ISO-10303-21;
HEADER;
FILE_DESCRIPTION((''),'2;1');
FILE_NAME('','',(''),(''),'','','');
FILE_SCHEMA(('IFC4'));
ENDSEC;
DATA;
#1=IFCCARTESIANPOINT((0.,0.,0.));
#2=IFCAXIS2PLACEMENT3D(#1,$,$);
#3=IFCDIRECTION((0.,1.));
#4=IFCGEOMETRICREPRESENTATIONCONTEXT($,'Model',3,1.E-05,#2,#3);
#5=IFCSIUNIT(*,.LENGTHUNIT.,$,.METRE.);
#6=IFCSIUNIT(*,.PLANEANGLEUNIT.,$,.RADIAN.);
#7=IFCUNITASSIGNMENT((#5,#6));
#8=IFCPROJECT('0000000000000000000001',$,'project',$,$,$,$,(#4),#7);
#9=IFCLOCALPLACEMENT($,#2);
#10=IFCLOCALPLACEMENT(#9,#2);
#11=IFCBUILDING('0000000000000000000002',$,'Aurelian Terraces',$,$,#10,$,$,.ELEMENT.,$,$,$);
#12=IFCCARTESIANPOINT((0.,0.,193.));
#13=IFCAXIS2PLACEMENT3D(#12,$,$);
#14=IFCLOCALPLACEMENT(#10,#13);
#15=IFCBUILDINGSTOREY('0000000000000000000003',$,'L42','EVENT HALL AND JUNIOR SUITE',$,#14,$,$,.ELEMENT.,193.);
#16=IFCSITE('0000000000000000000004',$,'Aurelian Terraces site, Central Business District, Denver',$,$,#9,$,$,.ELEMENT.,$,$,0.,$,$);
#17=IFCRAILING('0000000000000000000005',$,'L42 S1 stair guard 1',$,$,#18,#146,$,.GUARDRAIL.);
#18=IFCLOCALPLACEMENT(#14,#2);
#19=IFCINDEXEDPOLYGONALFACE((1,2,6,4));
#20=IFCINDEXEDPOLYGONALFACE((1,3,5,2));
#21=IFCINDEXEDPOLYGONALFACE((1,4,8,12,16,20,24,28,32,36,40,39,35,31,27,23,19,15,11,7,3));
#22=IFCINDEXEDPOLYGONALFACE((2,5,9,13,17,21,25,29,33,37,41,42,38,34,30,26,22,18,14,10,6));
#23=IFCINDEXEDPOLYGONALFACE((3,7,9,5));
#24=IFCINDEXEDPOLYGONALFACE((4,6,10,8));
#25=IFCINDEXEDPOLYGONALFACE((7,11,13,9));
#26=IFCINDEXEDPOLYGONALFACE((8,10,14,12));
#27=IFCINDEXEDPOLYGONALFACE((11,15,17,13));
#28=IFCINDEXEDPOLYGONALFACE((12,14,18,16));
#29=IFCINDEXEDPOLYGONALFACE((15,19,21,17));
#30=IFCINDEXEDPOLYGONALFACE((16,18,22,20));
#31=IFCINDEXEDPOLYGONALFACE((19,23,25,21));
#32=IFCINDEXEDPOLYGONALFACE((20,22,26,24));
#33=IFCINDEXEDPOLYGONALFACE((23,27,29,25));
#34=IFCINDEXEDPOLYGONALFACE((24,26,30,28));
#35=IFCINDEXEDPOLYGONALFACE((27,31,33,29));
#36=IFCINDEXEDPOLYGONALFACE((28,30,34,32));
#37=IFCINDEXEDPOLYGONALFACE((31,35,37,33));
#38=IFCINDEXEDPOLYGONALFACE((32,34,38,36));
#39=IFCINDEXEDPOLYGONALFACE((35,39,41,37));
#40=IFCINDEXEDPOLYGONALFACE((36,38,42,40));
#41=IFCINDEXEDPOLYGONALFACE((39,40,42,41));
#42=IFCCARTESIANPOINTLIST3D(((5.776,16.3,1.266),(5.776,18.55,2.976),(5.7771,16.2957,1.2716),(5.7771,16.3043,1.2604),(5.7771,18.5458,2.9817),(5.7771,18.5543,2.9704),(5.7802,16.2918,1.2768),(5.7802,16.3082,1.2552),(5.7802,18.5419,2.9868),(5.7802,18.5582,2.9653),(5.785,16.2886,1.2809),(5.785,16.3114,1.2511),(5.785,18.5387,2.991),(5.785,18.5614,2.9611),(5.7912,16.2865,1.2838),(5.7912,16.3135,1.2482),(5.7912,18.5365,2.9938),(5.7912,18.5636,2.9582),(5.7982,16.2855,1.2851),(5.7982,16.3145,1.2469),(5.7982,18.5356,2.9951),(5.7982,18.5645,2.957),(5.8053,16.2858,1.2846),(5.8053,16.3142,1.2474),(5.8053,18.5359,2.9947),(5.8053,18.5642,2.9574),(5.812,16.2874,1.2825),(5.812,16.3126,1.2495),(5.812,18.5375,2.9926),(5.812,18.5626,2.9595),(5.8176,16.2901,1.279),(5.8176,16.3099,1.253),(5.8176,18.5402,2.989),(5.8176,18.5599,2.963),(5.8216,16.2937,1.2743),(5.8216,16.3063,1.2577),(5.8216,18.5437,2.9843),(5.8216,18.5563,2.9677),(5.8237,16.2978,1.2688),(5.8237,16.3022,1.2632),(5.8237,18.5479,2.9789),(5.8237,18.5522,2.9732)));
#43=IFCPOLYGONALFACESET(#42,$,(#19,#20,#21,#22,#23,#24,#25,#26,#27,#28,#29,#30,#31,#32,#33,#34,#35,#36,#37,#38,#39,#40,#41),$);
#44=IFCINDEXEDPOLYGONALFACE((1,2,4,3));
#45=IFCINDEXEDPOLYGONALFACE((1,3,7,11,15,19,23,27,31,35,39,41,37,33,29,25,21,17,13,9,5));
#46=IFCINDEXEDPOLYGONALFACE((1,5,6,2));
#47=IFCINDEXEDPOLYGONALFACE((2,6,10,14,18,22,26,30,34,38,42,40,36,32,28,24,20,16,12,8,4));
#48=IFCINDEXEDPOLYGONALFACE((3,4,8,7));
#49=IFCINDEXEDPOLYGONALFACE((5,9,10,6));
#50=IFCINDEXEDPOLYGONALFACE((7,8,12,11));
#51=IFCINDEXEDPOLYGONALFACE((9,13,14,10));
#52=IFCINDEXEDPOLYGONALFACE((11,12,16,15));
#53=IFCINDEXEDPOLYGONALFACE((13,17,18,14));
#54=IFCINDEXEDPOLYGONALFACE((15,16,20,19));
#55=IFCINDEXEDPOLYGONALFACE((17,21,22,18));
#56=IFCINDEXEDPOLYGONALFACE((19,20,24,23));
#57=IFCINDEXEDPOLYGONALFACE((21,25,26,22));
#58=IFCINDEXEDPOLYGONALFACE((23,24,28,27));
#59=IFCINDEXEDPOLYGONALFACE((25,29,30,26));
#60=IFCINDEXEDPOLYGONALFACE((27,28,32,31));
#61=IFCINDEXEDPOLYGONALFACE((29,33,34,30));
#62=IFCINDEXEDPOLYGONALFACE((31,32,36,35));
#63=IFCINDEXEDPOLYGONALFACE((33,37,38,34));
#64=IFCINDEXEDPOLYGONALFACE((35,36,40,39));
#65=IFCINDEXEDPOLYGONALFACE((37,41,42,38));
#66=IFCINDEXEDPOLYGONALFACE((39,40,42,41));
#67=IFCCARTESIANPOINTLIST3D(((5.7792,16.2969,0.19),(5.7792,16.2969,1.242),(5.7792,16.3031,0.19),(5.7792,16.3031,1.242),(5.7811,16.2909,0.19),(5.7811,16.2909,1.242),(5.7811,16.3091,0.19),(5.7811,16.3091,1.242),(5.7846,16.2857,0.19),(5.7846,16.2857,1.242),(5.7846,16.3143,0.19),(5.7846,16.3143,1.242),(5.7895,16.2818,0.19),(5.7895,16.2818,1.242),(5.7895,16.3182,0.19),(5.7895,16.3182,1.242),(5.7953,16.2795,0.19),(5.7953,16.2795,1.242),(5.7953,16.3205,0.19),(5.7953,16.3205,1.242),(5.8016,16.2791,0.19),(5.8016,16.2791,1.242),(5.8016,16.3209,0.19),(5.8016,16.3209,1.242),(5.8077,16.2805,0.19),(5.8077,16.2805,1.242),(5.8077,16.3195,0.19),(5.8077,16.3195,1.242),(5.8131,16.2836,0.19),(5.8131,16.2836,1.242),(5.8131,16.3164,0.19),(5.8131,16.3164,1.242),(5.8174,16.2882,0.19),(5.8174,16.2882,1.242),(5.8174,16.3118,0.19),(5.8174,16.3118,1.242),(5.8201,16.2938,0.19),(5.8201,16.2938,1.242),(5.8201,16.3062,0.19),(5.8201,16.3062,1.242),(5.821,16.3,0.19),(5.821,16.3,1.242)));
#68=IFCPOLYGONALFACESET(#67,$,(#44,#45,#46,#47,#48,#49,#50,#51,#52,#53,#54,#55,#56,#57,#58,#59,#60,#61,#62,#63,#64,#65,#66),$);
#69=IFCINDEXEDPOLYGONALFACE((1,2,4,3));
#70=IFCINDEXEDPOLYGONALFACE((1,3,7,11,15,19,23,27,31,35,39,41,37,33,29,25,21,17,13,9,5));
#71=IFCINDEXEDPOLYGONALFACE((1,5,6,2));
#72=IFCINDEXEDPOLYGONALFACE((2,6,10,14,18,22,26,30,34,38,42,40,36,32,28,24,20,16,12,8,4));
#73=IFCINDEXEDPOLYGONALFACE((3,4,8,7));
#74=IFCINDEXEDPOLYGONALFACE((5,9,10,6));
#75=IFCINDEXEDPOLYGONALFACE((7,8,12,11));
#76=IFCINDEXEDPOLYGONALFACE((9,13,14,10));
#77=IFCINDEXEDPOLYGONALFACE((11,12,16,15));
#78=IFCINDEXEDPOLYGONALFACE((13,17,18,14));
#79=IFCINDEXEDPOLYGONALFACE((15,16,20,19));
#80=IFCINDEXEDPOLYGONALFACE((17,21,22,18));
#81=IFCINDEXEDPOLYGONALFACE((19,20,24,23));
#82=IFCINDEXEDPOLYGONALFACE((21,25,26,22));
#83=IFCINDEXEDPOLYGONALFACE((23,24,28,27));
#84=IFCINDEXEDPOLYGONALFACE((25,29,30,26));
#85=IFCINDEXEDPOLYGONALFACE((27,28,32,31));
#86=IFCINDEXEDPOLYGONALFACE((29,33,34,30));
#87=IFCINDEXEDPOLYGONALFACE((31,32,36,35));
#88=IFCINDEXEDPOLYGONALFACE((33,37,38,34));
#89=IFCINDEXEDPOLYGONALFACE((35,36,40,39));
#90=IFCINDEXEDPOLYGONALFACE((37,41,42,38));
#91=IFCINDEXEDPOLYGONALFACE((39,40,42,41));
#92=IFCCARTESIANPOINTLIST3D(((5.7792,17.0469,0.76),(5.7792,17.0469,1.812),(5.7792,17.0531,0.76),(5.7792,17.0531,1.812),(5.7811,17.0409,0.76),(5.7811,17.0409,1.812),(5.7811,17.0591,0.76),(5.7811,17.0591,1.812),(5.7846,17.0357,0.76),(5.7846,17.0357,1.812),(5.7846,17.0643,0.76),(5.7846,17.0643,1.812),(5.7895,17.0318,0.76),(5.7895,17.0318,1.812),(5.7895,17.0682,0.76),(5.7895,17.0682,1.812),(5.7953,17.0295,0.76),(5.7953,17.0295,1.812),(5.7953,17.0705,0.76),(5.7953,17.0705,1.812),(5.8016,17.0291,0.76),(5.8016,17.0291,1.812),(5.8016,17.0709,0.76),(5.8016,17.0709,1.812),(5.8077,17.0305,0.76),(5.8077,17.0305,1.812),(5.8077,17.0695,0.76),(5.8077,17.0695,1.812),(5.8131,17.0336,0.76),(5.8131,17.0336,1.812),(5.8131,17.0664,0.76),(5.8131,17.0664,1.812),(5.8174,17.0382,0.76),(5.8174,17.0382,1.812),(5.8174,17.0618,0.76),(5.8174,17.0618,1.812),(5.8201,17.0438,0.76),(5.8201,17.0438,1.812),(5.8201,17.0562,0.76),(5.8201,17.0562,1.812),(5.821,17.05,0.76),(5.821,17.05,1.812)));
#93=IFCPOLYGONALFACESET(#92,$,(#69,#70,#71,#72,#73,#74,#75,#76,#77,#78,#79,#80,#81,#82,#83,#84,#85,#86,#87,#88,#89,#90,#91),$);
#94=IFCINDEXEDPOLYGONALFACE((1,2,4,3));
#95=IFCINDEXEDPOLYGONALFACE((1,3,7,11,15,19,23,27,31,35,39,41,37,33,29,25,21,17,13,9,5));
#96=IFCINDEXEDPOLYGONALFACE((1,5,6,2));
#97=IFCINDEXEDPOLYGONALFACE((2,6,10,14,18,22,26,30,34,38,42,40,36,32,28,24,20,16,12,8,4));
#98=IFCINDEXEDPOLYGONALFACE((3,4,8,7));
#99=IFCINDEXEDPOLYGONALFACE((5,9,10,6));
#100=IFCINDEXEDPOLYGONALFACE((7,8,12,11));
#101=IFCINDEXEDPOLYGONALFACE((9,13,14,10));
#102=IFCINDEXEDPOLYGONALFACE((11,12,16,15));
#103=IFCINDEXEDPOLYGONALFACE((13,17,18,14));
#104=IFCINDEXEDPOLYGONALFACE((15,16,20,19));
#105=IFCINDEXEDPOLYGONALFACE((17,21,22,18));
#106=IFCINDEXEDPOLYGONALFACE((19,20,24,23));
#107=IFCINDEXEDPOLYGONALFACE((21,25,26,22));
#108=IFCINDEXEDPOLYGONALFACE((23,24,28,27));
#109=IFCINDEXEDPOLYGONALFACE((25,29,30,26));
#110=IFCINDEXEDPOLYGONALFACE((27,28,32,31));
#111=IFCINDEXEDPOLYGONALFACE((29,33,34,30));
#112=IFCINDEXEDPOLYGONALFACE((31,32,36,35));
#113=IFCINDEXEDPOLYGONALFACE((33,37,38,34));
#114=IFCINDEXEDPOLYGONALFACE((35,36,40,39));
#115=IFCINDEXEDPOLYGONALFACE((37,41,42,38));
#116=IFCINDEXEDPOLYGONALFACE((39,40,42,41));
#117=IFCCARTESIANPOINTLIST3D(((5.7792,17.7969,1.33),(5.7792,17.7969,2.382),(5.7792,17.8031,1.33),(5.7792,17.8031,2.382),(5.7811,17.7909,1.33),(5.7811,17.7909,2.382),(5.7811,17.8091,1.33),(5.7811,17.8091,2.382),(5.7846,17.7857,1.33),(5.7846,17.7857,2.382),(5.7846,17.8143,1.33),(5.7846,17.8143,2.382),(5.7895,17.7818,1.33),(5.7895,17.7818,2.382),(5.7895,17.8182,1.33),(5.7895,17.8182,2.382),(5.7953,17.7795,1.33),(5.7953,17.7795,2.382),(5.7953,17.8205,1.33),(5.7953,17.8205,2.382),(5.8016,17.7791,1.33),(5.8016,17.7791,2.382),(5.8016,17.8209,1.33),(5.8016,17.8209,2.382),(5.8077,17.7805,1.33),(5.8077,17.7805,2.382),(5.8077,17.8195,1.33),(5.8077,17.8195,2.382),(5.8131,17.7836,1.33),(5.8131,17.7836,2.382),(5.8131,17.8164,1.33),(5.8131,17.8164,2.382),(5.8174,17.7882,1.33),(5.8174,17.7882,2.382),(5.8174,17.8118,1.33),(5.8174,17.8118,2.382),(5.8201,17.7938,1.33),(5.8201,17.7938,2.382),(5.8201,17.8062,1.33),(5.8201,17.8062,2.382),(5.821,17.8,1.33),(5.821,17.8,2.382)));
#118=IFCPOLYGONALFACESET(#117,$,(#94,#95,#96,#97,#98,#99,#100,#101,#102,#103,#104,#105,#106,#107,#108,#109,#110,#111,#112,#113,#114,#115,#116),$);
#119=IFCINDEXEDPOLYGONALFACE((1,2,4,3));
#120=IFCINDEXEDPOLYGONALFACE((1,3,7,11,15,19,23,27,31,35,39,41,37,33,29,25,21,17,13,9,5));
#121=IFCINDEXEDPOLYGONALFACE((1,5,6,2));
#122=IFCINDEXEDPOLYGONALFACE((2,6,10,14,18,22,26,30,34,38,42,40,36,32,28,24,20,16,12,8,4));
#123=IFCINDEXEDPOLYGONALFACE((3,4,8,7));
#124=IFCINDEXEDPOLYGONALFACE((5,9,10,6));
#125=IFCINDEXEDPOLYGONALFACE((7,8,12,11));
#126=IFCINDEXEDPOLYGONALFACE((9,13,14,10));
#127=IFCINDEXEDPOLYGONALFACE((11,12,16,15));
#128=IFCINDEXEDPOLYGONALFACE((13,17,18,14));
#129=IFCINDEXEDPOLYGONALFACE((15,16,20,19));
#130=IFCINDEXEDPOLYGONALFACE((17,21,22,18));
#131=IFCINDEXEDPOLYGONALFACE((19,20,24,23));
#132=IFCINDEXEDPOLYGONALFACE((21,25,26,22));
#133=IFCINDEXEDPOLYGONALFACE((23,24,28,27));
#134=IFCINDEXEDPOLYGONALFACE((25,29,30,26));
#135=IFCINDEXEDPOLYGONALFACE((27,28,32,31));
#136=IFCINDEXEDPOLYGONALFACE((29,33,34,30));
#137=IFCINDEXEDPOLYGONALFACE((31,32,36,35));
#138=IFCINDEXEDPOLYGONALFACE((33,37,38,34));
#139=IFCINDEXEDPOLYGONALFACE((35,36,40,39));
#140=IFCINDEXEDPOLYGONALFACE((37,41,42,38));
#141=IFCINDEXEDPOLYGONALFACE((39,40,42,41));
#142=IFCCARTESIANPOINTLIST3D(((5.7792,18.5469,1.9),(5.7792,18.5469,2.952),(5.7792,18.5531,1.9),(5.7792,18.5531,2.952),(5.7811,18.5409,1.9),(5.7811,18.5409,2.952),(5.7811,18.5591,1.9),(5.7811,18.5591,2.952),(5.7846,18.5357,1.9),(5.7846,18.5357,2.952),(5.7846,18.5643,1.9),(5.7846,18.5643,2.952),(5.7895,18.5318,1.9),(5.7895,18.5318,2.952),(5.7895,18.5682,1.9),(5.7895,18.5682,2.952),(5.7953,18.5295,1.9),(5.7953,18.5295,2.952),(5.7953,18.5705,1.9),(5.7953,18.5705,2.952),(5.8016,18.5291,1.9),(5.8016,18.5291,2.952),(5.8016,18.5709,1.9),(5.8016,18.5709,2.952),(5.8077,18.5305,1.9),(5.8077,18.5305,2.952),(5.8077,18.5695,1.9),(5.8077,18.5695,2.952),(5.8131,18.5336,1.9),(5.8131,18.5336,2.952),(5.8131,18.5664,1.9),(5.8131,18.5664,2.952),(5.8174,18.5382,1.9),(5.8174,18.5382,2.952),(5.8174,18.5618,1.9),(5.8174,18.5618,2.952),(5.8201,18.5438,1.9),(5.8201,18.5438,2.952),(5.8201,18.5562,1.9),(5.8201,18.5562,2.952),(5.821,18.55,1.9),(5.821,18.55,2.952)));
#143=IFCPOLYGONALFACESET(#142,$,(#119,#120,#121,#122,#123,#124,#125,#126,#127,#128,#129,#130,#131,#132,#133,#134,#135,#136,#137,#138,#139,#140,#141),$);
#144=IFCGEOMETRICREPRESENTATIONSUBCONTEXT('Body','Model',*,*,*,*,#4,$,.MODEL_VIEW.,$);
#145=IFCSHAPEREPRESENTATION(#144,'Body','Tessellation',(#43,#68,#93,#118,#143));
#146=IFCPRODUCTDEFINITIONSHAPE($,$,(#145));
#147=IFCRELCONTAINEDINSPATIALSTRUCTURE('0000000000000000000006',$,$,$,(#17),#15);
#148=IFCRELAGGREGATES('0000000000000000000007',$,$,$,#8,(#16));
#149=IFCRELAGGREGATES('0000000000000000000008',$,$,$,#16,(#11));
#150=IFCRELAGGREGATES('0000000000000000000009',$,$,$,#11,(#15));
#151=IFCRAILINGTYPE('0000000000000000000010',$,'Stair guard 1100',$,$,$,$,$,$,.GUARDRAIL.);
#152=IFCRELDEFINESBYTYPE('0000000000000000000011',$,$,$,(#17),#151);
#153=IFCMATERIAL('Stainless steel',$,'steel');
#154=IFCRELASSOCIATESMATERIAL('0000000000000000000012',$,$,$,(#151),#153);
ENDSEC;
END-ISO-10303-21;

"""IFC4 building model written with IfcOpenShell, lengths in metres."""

from ifc_helpers import new_model, si_unit, direction, frame, origin, origin_2d, place, context, subcontext, project, spatial, circle, extrude, source, transform, mapped, material, type_object, element, save


model = new_model("IFC4")

# Units and contexts
model_context = context("Model", 3, precision=1e-05, world=origin(), true_north=direction((0.0, 1.0)))
body_context = subcontext(model_context, "Body", "Model", "MODEL_VIEW")
ifc_project = project(units=[si_unit("LENGTHUNIT", "METRE"), si_unit("PLANEANGLEUNIT", "RADIAN")], contexts=[model_context])

# Site, building, storey
site_placement = place(None, origin())
site = spatial("IfcSite", under=ifc_project, at=site_placement, Name="Aurelian Terraces site, Central Business District, Denver", CompositionType="ELEMENT", RefElevation=0.0)
building_placement = place(site_placement, origin())
building = spatial("IfcBuilding", under=site, at=building_placement, Name="Aurelian Terraces", CompositionType="ELEMENT")
storey_placement = place(building_placement, frame((0.0, 0.0, 193.0)))
storey = spatial("IfcBuildingStorey", under=building, at=storey_placement, Name="L42", Description="EVENT HALL AND JUNIOR SUITE", CompositionType="ELEMENT", Elevation=193.0)

# Shared definitions
ifc_material_1 = material(Name="Stainless steel", Category="steel")

# Railing
railing_type = type_object("IfcRailingType", Name="Stair guard 1100", PredefinedType="GUARDRAIL", material=ifc_material_1)
shared_shape_1 = source(origin(), body_context, "Body", "SweptSolid", [
    extrude(circle(Radius=0.024, at=origin_2d()), frame((0.0, 0.0, 1.076), z_axis=(0.0, 0.796162, 0.605083), x_axis=(-1.0, 0.0, 0.0)), (0.0, 0.0, 1.0), 2.8261),
    extrude(circle(Radius=0.021, at=origin_2d()), origin(), (0.0, 0.0, 1.0), 1.052),
    extrude(circle(Radius=0.021, at=origin_2d()), frame((0.0, 0.75, 0.57)), (0.0, 0.0, 1.0), 1.052),
    extrude(circle(Radius=0.021, at=origin_2d()), frame((0.0, 1.5, 1.14)), (0.0, 0.0, 1.0), 1.052),
    extrude(circle(Radius=0.021, at=origin_2d()), frame((0.0, 2.25, 1.71)), (0.0, 0.0, 1.0), 1.052),
])
railing_1_placement = place(storey_placement, frame((5.8, 16.3, 0.19)))
element("IfcRailing", 1, at=railing_1_placement, inside=storey, type_object=railing_type, Name="L42 S1 stair guard 1", PredefinedType="GUARDRAIL", context=body_context, shape_type="MappedRepresentation", body=[
    mapped(shared_shape_1, transform((0.0, 0.0, 0.0), scale=1.0)),
])

save(model, "model.ifc")
